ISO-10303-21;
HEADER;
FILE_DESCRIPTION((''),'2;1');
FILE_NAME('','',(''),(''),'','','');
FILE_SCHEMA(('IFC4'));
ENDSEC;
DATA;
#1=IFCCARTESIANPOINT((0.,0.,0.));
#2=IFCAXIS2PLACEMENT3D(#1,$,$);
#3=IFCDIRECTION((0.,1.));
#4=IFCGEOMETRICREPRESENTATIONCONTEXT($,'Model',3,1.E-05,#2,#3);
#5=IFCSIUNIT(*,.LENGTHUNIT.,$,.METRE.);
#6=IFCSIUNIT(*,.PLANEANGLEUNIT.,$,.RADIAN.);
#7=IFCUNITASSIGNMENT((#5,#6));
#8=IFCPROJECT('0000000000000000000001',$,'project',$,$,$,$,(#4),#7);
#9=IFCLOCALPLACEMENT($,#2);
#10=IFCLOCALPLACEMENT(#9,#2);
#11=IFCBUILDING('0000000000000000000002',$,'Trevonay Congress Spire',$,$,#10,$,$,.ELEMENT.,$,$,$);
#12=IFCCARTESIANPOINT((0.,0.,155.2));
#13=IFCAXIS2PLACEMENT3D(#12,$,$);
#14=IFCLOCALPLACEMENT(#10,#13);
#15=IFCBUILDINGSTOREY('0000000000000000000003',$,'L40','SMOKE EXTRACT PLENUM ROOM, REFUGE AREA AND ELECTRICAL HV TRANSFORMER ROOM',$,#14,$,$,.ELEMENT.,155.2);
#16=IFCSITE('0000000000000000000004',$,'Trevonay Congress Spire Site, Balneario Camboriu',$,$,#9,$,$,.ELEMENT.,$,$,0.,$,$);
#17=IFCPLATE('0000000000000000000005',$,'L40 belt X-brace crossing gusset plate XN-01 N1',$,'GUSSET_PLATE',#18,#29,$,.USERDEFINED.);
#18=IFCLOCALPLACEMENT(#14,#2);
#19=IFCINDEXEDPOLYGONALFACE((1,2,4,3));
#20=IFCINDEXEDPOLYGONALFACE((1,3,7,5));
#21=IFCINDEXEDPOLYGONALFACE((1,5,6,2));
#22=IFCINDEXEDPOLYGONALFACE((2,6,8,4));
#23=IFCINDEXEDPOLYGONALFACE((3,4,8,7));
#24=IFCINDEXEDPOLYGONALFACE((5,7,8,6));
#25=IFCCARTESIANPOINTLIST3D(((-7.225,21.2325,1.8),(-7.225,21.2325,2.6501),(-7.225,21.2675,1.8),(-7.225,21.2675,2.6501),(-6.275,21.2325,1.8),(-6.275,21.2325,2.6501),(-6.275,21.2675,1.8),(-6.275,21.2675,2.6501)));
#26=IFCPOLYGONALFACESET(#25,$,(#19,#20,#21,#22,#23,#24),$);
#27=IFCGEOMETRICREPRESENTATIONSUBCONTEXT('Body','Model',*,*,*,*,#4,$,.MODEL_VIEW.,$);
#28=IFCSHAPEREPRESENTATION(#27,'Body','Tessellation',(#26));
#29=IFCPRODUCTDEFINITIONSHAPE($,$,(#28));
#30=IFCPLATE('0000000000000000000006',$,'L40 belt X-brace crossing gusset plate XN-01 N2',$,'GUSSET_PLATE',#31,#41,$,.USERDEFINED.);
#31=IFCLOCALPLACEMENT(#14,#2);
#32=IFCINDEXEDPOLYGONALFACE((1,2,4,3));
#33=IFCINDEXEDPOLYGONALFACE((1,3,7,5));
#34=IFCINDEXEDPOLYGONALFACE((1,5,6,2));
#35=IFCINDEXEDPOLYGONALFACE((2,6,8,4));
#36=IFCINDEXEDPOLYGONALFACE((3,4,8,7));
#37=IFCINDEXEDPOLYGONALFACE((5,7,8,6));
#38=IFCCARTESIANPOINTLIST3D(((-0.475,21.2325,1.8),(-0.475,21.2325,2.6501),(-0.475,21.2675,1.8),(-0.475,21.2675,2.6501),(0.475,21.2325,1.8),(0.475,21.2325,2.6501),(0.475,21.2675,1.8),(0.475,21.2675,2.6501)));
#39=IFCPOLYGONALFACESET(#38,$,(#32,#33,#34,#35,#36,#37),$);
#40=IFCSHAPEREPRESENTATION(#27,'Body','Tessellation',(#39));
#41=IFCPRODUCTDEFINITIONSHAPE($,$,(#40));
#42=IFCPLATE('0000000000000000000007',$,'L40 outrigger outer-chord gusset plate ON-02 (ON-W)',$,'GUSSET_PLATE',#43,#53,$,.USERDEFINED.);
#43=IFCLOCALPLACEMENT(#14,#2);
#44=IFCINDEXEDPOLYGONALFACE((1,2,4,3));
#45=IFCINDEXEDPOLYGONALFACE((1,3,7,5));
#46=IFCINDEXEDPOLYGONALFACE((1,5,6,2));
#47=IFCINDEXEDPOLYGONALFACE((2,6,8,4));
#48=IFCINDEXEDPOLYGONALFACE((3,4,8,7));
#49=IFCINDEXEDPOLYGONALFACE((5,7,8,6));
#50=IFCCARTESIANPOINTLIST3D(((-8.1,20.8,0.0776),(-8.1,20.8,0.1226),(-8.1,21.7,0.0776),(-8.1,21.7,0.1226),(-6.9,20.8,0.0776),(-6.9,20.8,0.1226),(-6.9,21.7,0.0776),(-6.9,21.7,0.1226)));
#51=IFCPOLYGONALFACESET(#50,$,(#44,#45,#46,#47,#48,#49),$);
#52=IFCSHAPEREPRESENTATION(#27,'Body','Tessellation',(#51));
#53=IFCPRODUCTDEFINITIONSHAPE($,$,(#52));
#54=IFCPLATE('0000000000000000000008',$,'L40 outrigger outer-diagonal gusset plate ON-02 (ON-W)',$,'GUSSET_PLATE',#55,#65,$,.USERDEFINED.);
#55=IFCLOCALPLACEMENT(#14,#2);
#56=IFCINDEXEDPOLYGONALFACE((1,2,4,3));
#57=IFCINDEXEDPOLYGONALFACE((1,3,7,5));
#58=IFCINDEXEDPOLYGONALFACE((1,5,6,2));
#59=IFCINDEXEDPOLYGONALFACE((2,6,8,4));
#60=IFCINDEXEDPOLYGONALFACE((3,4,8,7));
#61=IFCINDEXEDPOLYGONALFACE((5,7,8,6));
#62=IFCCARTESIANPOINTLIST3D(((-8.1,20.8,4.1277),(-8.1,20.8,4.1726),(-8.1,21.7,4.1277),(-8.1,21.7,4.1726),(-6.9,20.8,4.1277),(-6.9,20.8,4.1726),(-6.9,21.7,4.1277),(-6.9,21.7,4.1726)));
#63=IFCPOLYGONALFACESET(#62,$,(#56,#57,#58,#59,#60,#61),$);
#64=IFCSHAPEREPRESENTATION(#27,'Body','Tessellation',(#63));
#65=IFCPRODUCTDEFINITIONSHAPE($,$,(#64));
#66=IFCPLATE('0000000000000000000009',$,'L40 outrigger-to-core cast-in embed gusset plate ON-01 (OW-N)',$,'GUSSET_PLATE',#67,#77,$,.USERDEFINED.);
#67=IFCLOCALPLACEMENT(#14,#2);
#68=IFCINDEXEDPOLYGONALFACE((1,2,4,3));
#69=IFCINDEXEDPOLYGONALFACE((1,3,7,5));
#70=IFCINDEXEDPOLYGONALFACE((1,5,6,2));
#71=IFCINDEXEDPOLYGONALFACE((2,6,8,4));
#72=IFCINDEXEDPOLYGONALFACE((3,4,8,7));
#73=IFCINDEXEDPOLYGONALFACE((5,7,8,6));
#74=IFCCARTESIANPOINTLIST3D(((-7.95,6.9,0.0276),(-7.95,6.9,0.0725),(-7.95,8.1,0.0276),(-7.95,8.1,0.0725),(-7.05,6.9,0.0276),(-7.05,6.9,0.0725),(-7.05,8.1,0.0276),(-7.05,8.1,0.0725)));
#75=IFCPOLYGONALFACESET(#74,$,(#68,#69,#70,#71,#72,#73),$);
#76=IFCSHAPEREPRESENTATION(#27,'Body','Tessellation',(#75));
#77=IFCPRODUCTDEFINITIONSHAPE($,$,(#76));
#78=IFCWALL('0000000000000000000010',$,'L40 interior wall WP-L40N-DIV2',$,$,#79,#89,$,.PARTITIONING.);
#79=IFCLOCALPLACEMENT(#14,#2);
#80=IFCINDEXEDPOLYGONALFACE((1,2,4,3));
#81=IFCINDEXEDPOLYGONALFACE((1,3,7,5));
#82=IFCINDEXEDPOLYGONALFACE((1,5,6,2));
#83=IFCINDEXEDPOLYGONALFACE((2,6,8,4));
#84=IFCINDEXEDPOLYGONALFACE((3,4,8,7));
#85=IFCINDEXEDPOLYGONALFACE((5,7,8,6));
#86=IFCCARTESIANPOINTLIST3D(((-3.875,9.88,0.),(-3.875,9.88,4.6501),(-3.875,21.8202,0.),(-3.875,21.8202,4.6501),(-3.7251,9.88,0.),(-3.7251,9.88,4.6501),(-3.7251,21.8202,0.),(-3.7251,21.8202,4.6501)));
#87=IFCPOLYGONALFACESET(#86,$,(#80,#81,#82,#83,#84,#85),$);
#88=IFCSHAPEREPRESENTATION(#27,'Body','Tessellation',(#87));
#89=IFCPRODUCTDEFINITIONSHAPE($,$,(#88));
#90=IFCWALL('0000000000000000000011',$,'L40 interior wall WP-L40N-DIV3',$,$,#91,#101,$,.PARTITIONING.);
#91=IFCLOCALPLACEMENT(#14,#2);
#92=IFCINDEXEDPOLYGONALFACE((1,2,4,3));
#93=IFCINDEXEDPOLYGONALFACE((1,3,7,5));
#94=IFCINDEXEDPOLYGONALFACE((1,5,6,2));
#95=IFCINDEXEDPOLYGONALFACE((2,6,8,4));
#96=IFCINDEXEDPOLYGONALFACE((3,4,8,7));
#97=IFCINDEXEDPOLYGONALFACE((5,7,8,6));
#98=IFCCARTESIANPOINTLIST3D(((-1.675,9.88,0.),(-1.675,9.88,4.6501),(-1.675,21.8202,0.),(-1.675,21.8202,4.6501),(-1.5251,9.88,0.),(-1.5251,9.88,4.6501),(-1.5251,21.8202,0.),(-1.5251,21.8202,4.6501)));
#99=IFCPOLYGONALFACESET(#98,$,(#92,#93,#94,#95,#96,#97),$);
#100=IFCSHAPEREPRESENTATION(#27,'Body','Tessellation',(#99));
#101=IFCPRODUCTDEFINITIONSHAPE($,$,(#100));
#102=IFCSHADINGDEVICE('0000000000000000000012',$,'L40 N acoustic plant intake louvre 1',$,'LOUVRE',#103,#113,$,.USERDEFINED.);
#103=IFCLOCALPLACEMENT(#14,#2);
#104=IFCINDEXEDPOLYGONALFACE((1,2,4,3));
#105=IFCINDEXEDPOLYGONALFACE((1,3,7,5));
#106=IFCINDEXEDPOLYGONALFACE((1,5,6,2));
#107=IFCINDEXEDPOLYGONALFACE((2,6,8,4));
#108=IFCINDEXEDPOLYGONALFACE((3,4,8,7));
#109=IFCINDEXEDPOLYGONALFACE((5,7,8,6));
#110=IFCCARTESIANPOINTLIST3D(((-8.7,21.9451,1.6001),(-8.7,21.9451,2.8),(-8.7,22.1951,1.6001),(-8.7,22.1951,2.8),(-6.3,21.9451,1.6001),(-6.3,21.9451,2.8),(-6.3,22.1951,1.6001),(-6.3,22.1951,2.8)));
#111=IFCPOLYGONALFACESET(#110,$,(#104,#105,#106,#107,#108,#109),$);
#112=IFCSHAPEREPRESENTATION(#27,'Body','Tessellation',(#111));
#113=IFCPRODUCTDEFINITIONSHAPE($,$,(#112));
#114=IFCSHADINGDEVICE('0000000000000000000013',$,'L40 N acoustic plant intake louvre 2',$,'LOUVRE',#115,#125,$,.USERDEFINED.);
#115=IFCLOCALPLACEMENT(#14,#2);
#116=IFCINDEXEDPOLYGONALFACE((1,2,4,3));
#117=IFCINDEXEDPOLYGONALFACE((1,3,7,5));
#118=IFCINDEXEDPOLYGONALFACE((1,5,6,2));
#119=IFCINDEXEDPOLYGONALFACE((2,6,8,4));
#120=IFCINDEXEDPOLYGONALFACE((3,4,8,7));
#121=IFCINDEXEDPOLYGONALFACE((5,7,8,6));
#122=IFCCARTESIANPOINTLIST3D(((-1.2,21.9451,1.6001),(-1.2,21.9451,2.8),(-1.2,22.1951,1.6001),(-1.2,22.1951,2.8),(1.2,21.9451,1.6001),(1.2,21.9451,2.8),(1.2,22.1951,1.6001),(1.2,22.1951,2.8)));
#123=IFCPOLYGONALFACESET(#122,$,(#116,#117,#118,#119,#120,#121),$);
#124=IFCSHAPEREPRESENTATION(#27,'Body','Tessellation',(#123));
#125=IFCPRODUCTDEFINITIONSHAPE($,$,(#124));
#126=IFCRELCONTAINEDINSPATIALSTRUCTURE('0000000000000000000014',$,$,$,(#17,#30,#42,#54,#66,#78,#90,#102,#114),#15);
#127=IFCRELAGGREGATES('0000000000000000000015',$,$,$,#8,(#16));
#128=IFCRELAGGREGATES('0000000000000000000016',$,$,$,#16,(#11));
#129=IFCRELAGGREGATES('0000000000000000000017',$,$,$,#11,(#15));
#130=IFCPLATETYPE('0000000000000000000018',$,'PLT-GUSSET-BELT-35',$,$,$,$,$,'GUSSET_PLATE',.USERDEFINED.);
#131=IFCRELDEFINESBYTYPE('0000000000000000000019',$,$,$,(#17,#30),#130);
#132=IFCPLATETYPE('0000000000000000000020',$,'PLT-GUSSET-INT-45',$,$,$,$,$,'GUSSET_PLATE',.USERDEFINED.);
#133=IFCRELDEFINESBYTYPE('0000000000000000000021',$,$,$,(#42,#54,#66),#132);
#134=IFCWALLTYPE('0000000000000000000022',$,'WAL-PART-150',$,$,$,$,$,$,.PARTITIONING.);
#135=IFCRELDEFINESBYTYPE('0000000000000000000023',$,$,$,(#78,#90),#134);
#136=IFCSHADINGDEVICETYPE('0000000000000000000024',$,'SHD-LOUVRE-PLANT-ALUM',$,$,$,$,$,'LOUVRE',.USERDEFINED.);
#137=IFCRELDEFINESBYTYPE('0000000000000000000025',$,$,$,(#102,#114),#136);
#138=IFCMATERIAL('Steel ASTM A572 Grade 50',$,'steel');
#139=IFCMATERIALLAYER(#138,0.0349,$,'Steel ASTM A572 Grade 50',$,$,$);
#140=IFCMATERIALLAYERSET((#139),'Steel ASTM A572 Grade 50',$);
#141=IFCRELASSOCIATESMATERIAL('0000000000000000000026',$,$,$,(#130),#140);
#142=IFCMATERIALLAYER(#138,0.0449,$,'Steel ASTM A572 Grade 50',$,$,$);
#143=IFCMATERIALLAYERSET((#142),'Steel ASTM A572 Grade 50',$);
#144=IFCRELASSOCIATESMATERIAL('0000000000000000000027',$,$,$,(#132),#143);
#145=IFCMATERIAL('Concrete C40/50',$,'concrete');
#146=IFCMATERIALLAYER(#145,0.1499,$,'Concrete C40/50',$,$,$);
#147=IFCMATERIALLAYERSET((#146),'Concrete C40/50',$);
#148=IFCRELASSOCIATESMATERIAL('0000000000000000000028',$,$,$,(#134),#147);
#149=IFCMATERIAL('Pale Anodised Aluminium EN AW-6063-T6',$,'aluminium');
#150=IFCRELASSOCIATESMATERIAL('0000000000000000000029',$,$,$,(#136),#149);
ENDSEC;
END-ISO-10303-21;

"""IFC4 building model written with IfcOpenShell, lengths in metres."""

from ifc_helpers import new_model, si_unit, direction, frame, frame_2d, origin, origin_2d, place, context, subcontext, project, spatial, rectangle, extrude, material, layer, layer_set, type_object, element, save


model = new_model("IFC4")

# Units and contexts
model_context = context("Model", 3, precision=1e-05, world=origin(), true_north=direction((0.0, 1.0)))
body_context = subcontext(model_context, "Body", "Model", "MODEL_VIEW")
ifc_project = project(units=[si_unit("LENGTHUNIT", "METRE"), si_unit("PLANEANGLEUNIT", "RADIAN")], contexts=[model_context])

# Site, building, storey
site_placement = place(None, origin())
site = spatial("IfcSite", under=ifc_project, at=site_placement, Name="Trevonay Congress Spire Site, Balneario Camboriu", CompositionType="ELEMENT", RefElevation=0.0)
building_placement = place(site_placement, origin())
building = spatial("IfcBuilding", under=site, at=building_placement, Name="Trevonay Congress Spire", CompositionType="ELEMENT")
storey_placement = place(building_placement, frame((0.0, 0.0, 155.2)))
storey = spatial("IfcBuildingStorey", under=building, at=storey_placement, Name="L40", Description="SMOKE EXTRACT PLENUM ROOM, REFUGE AREA AND ELECTRICAL HV TRANSFORMER ROOM", CompositionType="ELEMENT", Elevation=155.2)

# Shared definitions
ifc_material_1 = material(Name="Steel ASTM A572 Grade 50", Category="steel")

# Plates
ifc_layer_1 = layer(ifc_material_1, 0.0349, Name="Steel ASTM A572 Grade 50")
ifc_layer_set_1 = layer_set([ifc_layer_1], Name="Steel ASTM A572 Grade 50")
plate_type_1 = type_object("IfcPlateType", Name="PLT-GUSSET-BELT-35", ElementType="GUSSET_PLATE", PredefinedType="USERDEFINED", material=ifc_layer_set_1)
for number, where, z_axis, x_axis, name in (
    (1, (-6.75, 21.25, 1.8), (0.0, 0.0, 1.0), (1.0, 0.0, 0.0), "L40 belt X-brace crossing gusset plate XN-01 N1"),
    (2, (0.0, 21.25, 1.8), (0.0, 0.0, 1.0), (1.0, 0.0, 0.0), "L40 belt X-brace crossing gusset plate XN-01 N2"),
):
    element("IfcPlate", number, at=place(storey_placement, frame(where, z_axis=z_axis, x_axis=x_axis)), inside=storey, type_object=plate_type_1, Name=name, ObjectType="GUSSET_PLATE", PredefinedType="USERDEFINED", context=body_context, shape_type="SweptSolid", body=[
        extrude(rectangle(XDim=0.95, YDim=0.0349, at=origin_2d()), origin(), (0.0, 0.0, 1.0), 0.8501),
    ])
ifc_layer_2 = layer(ifc_material_1, 0.0449, Name="Steel ASTM A572 Grade 50")
ifc_layer_set_2 = layer_set([ifc_layer_2], Name="Steel ASTM A572 Grade 50")
plate_type_2 = type_object("IfcPlateType", Name="PLT-GUSSET-INT-45", ElementType="GUSSET_PLATE", PredefinedType="USERDEFINED", material=ifc_layer_set_2)
for number, where, z_axis, x_axis, name in (
    (3, (-7.5, 21.25, 0.0776), (0.0, 0.0, 1.0), (1.0, 0.0, 0.0), "L40 outrigger outer-chord gusset plate ON-02 (ON-W)"),
    (4, (-7.5, 21.25, 4.1277), (0.0, 0.0, 1.0), (1.0, 0.0, 0.0), "L40 outrigger outer-diagonal gusset plate ON-02 (ON-W)"),
    (5, (-7.5, 7.5, 0.0276), (0.0, 0.0, 1.0), (0.0, 1.0, 0.0), "L40 outrigger-to-core cast-in embed gusset plate ON-01 (OW-N)"),
):
    element("IfcPlate", number, at=place(storey_placement, frame(where, z_axis=z_axis, x_axis=x_axis)), inside=storey, type_object=plate_type_2, Name=name, ObjectType="GUSSET_PLATE", PredefinedType="USERDEFINED", context=body_context, shape_type="SweptSolid", body=[
        extrude(rectangle(XDim=1.2, YDim=0.8999, at=origin_2d()), origin(), (0.0, 0.0, 1.0), 0.0449),
    ])

# Walls
ifc_material_2 = material(Name="Concrete C40/50", Category="concrete")
ifc_layer_3 = layer(ifc_material_2, 0.1499, Name="Concrete C40/50")
ifc_layer_set_3 = layer_set([ifc_layer_3], Name="Concrete C40/50")
wall_type = type_object("IfcWallType", Name="WAL-PART-150", PredefinedType="PARTITIONING", material=ifc_layer_set_3)
for number, where, z_axis, x_axis, name in (
    (6, (-3.8, 9.8799, 0.0), (0.0, 0.0, 1.0), (0.0, 1.0, 0.0), "L40 interior wall WP-L40N-DIV2"),
    (7, (-1.6001, 9.8799, 0.0), (0.0, 0.0, 1.0), (0.0, 1.0, 0.0), "L40 interior wall WP-L40N-DIV3"),
):
    element("IfcWall", number, at=place(storey_placement, frame(where, z_axis=z_axis, x_axis=x_axis)), inside=storey, type_object=wall_type, Name=name, PredefinedType="PARTITIONING", context=body_context, shape_type="SweptSolid", body=[
        extrude(rectangle(XDim=11.9402, YDim=0.1499, at=frame_2d((5.9702, 0.0))), origin(), (0.0, 0.0, 1.0), 4.6501),
    ])

# Shading devices
ifc_material_3 = material(Name="Pale Anodised Aluminium EN AW-6063-T6", Category="aluminium")
shading_device_type = type_object("IfcShadingDeviceType", Name="SHD-LOUVRE-PLANT-ALUM", ElementType="LOUVRE", PredefinedType="USERDEFINED", material=ifc_material_3)
for number, where, z_axis, x_axis, name in (
    (8, (-7.5, 22.0701, 1.6001), (0.0, 0.0, 1.0), (1.0, 0.0, 0.0), "L40 N acoustic plant intake louvre 1"),
    (9, (0.0, 22.0701, 1.6001), (0.0, 0.0, 1.0), (1.0, 0.0, 0.0), "L40 N acoustic plant intake louvre 2"),
):
    element("IfcShadingDevice", number, at=place(storey_placement, frame(where, z_axis=z_axis, x_axis=x_axis)), inside=storey, type_object=shading_device_type, Name=name, ObjectType="LOUVRE", PredefinedType="USERDEFINED", context=body_context, shape_type="SweptSolid", body=[
        extrude(rectangle(XDim=2.3999, YDim=0.25, at=origin_2d()), origin(), (0.0, 0.0, 1.0), 1.2),
    ])

save(model, "model.ifc")
